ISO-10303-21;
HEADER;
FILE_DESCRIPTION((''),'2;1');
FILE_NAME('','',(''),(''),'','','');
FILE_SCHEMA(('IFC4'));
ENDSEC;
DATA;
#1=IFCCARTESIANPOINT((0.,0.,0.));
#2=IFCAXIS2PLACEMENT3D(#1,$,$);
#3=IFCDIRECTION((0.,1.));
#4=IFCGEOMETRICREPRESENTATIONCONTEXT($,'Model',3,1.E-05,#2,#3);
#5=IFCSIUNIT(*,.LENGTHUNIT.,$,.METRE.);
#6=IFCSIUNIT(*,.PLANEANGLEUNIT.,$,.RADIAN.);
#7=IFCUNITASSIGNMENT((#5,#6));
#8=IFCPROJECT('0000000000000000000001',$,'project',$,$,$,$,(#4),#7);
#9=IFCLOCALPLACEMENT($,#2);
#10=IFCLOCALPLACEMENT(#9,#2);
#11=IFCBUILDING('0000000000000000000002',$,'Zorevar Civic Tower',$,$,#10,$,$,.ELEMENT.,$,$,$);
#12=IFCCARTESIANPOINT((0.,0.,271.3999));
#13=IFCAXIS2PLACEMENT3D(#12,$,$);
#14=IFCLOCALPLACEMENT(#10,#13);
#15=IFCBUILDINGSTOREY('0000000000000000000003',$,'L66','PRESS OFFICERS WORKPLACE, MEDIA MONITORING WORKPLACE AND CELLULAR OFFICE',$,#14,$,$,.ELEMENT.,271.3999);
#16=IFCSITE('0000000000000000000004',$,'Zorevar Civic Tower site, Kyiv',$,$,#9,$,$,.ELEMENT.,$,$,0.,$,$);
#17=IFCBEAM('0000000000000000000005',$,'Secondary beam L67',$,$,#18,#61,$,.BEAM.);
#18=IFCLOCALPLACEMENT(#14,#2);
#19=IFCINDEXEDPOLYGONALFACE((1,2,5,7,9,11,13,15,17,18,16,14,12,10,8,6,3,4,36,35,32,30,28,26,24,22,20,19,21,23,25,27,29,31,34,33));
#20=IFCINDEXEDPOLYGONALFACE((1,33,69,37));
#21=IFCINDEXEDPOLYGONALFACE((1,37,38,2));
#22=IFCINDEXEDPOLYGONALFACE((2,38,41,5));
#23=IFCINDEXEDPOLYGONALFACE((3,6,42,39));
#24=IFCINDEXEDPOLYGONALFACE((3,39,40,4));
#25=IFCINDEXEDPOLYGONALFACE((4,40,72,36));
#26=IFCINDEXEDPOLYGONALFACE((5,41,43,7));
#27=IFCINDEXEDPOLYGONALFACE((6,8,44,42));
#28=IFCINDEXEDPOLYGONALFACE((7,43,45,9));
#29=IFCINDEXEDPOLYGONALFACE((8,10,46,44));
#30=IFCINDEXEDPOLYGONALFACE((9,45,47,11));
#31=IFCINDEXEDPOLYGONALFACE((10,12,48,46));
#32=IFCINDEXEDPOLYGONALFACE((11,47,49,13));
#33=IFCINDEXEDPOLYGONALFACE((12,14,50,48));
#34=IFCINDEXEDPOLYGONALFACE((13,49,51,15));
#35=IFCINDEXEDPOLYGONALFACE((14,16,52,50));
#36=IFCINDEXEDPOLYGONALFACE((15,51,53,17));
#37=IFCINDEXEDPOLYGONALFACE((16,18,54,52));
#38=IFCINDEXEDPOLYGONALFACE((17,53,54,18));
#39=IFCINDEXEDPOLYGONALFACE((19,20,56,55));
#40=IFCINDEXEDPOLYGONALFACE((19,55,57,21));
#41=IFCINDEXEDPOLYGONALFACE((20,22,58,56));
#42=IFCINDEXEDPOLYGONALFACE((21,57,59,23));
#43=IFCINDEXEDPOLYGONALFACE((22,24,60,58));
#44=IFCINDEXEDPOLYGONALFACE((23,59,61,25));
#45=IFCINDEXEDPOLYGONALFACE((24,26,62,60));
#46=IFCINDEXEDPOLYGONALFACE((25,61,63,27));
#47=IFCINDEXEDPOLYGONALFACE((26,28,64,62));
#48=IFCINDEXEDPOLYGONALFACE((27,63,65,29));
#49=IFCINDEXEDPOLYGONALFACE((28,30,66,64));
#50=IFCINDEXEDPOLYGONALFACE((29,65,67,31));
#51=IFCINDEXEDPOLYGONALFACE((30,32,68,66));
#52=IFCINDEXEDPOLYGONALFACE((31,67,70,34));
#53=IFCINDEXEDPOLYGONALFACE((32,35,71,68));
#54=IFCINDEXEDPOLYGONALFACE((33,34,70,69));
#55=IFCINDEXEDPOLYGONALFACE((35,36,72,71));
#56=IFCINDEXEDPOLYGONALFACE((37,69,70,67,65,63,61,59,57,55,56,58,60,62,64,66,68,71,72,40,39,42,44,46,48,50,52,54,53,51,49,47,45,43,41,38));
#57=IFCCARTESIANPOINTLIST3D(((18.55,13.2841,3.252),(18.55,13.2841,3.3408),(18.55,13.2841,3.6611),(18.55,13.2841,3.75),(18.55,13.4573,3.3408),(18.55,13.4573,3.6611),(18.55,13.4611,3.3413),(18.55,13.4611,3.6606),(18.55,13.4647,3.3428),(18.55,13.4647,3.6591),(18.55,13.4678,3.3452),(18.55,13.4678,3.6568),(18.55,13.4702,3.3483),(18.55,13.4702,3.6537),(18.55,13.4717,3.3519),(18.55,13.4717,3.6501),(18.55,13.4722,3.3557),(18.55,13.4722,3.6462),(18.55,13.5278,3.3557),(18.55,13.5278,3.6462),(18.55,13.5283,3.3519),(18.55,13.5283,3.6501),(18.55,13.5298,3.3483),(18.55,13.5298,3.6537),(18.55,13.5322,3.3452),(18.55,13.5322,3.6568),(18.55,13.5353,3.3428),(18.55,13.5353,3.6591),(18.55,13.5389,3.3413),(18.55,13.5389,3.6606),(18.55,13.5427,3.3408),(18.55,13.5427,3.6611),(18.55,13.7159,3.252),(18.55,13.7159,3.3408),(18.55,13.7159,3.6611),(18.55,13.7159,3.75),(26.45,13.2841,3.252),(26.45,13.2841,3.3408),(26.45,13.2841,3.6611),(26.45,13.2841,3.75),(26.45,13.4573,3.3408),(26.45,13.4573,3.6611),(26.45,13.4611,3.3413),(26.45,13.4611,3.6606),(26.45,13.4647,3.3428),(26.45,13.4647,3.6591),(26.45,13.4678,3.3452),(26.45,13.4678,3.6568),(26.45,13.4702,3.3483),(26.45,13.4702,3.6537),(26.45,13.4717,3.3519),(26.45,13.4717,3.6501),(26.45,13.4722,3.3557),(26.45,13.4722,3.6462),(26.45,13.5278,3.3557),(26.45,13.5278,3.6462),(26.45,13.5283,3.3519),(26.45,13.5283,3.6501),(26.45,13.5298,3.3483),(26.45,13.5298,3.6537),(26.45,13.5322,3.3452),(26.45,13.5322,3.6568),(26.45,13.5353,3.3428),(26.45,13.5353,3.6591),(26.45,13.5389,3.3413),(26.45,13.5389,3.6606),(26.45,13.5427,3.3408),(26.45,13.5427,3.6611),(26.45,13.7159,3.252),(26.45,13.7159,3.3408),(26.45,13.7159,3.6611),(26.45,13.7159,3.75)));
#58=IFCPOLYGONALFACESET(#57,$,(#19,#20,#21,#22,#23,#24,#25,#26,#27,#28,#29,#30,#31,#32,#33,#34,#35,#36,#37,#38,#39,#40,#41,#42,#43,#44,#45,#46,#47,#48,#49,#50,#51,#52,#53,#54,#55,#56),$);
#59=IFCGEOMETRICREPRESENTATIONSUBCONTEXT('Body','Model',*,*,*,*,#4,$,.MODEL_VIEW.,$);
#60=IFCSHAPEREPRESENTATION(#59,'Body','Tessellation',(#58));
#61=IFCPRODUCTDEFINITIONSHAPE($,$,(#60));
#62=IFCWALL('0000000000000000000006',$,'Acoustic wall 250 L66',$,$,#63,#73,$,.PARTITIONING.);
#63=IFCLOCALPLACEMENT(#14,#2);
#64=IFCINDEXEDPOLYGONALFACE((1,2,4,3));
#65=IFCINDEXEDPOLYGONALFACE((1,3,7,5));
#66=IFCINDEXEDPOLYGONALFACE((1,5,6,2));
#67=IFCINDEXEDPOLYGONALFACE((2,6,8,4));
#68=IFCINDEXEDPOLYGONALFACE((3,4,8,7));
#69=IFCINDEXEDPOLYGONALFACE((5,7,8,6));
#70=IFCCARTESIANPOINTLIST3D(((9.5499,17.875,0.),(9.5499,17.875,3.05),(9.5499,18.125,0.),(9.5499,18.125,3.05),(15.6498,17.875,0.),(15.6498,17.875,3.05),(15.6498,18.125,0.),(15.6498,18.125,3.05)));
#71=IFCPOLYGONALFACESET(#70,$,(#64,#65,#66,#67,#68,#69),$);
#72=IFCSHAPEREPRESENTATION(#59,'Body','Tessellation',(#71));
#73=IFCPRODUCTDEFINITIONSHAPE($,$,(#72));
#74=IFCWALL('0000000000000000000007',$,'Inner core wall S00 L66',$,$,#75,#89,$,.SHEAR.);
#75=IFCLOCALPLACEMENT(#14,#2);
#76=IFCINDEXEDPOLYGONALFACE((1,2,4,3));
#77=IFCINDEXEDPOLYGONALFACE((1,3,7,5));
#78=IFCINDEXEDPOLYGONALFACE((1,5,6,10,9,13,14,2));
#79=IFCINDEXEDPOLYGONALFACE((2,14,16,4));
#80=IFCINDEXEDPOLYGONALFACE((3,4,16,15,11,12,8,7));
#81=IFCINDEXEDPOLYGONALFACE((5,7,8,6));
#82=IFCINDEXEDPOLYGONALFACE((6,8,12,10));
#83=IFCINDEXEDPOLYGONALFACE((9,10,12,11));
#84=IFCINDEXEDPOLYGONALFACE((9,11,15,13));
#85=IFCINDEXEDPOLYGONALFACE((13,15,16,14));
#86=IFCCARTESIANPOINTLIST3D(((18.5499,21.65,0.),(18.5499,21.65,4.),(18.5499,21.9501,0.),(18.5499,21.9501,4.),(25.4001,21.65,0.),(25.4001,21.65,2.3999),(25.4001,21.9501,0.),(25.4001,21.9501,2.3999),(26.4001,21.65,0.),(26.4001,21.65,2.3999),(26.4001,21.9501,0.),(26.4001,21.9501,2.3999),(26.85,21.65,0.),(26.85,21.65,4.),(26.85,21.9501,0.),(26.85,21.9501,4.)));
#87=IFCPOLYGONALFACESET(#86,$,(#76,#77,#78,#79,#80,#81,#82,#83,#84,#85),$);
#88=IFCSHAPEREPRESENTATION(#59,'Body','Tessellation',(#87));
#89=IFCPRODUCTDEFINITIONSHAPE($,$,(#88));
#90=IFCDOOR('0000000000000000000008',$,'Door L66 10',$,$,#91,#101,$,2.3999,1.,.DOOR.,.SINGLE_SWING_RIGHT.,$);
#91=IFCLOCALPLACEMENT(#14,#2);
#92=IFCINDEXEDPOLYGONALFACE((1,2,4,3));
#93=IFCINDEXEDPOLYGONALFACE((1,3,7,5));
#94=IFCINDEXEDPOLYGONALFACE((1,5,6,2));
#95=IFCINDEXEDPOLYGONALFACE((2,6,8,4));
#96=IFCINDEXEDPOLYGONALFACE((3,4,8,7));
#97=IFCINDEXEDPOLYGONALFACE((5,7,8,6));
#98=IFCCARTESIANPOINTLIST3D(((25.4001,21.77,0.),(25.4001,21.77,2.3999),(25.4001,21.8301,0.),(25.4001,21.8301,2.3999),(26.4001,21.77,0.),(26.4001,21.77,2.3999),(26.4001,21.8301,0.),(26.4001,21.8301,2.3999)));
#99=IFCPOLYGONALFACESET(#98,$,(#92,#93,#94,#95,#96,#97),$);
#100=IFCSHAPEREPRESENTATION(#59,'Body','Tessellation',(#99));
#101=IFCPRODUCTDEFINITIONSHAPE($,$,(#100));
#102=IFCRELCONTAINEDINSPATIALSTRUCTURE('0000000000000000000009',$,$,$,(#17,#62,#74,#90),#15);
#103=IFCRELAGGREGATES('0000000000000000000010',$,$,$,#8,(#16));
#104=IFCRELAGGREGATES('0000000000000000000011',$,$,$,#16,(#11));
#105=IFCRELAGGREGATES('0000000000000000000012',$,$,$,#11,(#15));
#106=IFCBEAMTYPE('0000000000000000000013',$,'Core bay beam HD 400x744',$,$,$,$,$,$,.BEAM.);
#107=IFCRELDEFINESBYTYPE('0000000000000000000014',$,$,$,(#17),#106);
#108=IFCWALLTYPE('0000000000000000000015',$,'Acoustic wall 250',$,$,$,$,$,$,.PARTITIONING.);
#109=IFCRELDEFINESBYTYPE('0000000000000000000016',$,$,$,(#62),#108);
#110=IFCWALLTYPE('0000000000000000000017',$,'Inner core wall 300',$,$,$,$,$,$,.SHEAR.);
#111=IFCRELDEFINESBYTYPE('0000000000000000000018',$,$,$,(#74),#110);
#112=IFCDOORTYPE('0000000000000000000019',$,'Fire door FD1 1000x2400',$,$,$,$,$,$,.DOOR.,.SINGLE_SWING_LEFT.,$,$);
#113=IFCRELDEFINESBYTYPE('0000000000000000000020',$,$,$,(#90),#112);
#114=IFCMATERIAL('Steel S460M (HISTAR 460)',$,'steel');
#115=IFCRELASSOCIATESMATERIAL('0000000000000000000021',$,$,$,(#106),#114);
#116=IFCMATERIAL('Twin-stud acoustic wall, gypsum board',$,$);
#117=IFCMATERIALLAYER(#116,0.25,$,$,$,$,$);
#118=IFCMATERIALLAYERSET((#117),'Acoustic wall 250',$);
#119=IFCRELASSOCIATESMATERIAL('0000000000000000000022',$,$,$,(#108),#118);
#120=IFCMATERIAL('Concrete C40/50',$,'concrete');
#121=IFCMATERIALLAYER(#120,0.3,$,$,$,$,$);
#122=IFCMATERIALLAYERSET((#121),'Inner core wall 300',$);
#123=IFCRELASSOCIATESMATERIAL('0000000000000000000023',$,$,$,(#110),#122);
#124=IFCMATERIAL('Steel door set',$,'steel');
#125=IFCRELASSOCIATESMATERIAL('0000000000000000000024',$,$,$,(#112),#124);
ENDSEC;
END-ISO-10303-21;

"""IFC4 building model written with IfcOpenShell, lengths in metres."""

from ifc_helpers import new_model, si_unit, direction, frame, frame_2d, origin, origin_2d, place, context, subcontext, project, spatial, rectangle, i_section, extrude, material, layer, layer_set, material_profile, profile_set, type_object, element, fill, save


model = new_model("IFC4")

# Units and contexts
model_context = context("Model", 3, precision=1e-05, world=origin(), true_north=direction((0.0, 1.0)))
body_context = subcontext(model_context, "Body", "Model", "MODEL_VIEW")
ifc_project = project(units=[si_unit("LENGTHUNIT", "METRE"), si_unit("PLANEANGLEUNIT", "RADIAN")], contexts=[model_context])

# Site, building, storey
site_placement = place(None, origin())
site = spatial("IfcSite", under=ifc_project, at=site_placement, Name="Zorevar Civic Tower site, Kyiv", CompositionType="ELEMENT", RefElevation=0.0)
building_placement = place(site_placement, origin())
building = spatial("IfcBuilding", under=site, at=building_placement, Name="Zorevar Civic Tower", CompositionType="ELEMENT")
storey_placement = place(building_placement, frame((0.0, 0.0, 271.3999)))
storey = spatial("IfcBuildingStorey", under=building, at=storey_placement, Name="L66", Description="PRESS OFFICERS WORKPLACE, MEDIA MONITORING WORKPLACE AND CELLULAR OFFICE", CompositionType="ELEMENT", Elevation=271.3999)

# Beam
ifc_material_1 = material(Name="Steel S460M (HISTAR 460)", Category="steel")
ifc_material_profile = material_profile(ifc_material_1, i_section(OverallWidth=0.4319, OverallDepth=0.498, WebThickness=0.0557, FlangeThickness=0.0889, FilletRadius=0.0149, at=origin_2d()), Name="HD 400x744")
ifc_profile_set = profile_set([ifc_material_profile], Name="Steel S460M (HISTAR 460)")
beam_type = type_object("IfcBeamType", Name="Core bay beam HD 400x744", PredefinedType="BEAM", material=ifc_profile_set)
beam_placement = place(storey_placement, frame((18.55, 13.5, 3.501), z_axis=(1.0, 0.0, 0.0), x_axis=(0.0, 1.0, 0.0)))
element("IfcBeam", 1, at=beam_placement, inside=storey, type_object=beam_type, Name="Secondary beam L67", PredefinedType="BEAM", context=body_context, shape_type="SweptSolid", body=[
    extrude(i_section(OverallWidth=0.4319, OverallDepth=0.498, WebThickness=0.0557, FlangeThickness=0.0889, FilletRadius=0.0149, at=origin_2d()), origin(), (0.0, 0.0, 1.0), 7.8999),
])

# Wall
ifc_material_2 = material(Name="Twin-stud acoustic wall, gypsum board")
ifc_layer_1 = layer(ifc_material_2, 0.25)
ifc_layer_set_1 = layer_set([ifc_layer_1], Name="Acoustic wall 250")
wall_type_1 = type_object("IfcWallType", Name="Acoustic wall 250", PredefinedType="PARTITIONING", material=ifc_layer_set_1)
wall_1_placement = place(storey_placement, frame((9.55, 18.0, 0.0), z_axis=(0.0, 0.0, 1.0), x_axis=(1.0, 0.0, 0.0)))
element("IfcWall", 2, at=wall_1_placement, inside=storey, type_object=wall_type_1, Name="Acoustic wall 250 L66", PredefinedType="PARTITIONING", context=body_context, shape_type="SweptSolid", body=[
    extrude(rectangle(XDim=6.0999, YDim=0.25, at=frame_2d((3.0498, 0.0))), origin(), (0.0, 0.0, 1.0), 3.05),
])

# Wall, opening, door
ifc_material_3 = material(Name="Concrete C40/50", Category="concrete")
ifc_layer_2 = layer(ifc_material_3, 0.3)
ifc_layer_set_2 = layer_set([ifc_layer_2], Name="Inner core wall 300")
wall_type_2 = type_object("IfcWallType", Name="Inner core wall 300", PredefinedType="SHEAR", material=ifc_layer_set_2)
wall_2_placement = place(storey_placement, frame((18.55, 21.8, 0.0), z_axis=(0.0, 0.0, 1.0), x_axis=(1.0, 0.0, 0.0)))
wall_2 = element("IfcWall", 3, at=wall_2_placement, inside=storey, type_object=wall_type_2, Name="Inner core wall S00 L66", PredefinedType="SHEAR", context=body_context, shape_type="SweptSolid", body=[
    extrude(rectangle(XDim=8.3, YDim=0.3, at=frame_2d((4.1499, 0.0))), origin(), (0.0, 0.0, 1.0), 4.0),
])
opening_1_placement = place(wall_2_placement, frame((6.8501, 0.0, 0.0)))
opening_1 = element("IfcOpeningElement", 4, at=opening_1_placement, cuts=wall_2, PredefinedType="OPENING", context=body_context, shape_type="SweptSolid", body=[
    extrude(rectangle(XDim=1.0, YDim=2.3999, at=frame_2d((0.5, 1.2))), frame((0.0, 0.1599, 0.0), z_axis=(0.0, -1.0, 0.0), x_axis=(1.0, 0.0, 0.0)), (0.0, 0.0, 1.0), 0.3201),
])
ifc_material_4 = material(Name="Steel door set", Category="steel")
door_type_1 = type_object("IfcDoorType", Name="Fire door FD1 1000x2400", OperationType="SINGLE_SWING_LEFT", PredefinedType="DOOR", material=ifc_material_4)
door_1_placement = place(opening_1_placement, origin())
door_1 = element("IfcDoor", 5, at=door_1_placement, inside=storey, type_object=door_type_1, Name="Door L66 10", OperationType="SINGLE_SWING_RIGHT", OverallHeight=2.3999, OverallWidth=1.0, PredefinedType="DOOR", context=body_context, shape_type="SweptSolid", body=[
    extrude(rectangle(XDim=1.0, YDim=2.3999, at=frame_2d((0.5, 1.2))), frame((0.0, 0.03, 0.0), z_axis=(0.0, -1.0, 0.0), x_axis=(1.0, 0.0, 0.0)), (0.0, 0.0, 1.0), 0.0601),
])
fill(opening_1, door_1)

save(model, "model.ifc")
